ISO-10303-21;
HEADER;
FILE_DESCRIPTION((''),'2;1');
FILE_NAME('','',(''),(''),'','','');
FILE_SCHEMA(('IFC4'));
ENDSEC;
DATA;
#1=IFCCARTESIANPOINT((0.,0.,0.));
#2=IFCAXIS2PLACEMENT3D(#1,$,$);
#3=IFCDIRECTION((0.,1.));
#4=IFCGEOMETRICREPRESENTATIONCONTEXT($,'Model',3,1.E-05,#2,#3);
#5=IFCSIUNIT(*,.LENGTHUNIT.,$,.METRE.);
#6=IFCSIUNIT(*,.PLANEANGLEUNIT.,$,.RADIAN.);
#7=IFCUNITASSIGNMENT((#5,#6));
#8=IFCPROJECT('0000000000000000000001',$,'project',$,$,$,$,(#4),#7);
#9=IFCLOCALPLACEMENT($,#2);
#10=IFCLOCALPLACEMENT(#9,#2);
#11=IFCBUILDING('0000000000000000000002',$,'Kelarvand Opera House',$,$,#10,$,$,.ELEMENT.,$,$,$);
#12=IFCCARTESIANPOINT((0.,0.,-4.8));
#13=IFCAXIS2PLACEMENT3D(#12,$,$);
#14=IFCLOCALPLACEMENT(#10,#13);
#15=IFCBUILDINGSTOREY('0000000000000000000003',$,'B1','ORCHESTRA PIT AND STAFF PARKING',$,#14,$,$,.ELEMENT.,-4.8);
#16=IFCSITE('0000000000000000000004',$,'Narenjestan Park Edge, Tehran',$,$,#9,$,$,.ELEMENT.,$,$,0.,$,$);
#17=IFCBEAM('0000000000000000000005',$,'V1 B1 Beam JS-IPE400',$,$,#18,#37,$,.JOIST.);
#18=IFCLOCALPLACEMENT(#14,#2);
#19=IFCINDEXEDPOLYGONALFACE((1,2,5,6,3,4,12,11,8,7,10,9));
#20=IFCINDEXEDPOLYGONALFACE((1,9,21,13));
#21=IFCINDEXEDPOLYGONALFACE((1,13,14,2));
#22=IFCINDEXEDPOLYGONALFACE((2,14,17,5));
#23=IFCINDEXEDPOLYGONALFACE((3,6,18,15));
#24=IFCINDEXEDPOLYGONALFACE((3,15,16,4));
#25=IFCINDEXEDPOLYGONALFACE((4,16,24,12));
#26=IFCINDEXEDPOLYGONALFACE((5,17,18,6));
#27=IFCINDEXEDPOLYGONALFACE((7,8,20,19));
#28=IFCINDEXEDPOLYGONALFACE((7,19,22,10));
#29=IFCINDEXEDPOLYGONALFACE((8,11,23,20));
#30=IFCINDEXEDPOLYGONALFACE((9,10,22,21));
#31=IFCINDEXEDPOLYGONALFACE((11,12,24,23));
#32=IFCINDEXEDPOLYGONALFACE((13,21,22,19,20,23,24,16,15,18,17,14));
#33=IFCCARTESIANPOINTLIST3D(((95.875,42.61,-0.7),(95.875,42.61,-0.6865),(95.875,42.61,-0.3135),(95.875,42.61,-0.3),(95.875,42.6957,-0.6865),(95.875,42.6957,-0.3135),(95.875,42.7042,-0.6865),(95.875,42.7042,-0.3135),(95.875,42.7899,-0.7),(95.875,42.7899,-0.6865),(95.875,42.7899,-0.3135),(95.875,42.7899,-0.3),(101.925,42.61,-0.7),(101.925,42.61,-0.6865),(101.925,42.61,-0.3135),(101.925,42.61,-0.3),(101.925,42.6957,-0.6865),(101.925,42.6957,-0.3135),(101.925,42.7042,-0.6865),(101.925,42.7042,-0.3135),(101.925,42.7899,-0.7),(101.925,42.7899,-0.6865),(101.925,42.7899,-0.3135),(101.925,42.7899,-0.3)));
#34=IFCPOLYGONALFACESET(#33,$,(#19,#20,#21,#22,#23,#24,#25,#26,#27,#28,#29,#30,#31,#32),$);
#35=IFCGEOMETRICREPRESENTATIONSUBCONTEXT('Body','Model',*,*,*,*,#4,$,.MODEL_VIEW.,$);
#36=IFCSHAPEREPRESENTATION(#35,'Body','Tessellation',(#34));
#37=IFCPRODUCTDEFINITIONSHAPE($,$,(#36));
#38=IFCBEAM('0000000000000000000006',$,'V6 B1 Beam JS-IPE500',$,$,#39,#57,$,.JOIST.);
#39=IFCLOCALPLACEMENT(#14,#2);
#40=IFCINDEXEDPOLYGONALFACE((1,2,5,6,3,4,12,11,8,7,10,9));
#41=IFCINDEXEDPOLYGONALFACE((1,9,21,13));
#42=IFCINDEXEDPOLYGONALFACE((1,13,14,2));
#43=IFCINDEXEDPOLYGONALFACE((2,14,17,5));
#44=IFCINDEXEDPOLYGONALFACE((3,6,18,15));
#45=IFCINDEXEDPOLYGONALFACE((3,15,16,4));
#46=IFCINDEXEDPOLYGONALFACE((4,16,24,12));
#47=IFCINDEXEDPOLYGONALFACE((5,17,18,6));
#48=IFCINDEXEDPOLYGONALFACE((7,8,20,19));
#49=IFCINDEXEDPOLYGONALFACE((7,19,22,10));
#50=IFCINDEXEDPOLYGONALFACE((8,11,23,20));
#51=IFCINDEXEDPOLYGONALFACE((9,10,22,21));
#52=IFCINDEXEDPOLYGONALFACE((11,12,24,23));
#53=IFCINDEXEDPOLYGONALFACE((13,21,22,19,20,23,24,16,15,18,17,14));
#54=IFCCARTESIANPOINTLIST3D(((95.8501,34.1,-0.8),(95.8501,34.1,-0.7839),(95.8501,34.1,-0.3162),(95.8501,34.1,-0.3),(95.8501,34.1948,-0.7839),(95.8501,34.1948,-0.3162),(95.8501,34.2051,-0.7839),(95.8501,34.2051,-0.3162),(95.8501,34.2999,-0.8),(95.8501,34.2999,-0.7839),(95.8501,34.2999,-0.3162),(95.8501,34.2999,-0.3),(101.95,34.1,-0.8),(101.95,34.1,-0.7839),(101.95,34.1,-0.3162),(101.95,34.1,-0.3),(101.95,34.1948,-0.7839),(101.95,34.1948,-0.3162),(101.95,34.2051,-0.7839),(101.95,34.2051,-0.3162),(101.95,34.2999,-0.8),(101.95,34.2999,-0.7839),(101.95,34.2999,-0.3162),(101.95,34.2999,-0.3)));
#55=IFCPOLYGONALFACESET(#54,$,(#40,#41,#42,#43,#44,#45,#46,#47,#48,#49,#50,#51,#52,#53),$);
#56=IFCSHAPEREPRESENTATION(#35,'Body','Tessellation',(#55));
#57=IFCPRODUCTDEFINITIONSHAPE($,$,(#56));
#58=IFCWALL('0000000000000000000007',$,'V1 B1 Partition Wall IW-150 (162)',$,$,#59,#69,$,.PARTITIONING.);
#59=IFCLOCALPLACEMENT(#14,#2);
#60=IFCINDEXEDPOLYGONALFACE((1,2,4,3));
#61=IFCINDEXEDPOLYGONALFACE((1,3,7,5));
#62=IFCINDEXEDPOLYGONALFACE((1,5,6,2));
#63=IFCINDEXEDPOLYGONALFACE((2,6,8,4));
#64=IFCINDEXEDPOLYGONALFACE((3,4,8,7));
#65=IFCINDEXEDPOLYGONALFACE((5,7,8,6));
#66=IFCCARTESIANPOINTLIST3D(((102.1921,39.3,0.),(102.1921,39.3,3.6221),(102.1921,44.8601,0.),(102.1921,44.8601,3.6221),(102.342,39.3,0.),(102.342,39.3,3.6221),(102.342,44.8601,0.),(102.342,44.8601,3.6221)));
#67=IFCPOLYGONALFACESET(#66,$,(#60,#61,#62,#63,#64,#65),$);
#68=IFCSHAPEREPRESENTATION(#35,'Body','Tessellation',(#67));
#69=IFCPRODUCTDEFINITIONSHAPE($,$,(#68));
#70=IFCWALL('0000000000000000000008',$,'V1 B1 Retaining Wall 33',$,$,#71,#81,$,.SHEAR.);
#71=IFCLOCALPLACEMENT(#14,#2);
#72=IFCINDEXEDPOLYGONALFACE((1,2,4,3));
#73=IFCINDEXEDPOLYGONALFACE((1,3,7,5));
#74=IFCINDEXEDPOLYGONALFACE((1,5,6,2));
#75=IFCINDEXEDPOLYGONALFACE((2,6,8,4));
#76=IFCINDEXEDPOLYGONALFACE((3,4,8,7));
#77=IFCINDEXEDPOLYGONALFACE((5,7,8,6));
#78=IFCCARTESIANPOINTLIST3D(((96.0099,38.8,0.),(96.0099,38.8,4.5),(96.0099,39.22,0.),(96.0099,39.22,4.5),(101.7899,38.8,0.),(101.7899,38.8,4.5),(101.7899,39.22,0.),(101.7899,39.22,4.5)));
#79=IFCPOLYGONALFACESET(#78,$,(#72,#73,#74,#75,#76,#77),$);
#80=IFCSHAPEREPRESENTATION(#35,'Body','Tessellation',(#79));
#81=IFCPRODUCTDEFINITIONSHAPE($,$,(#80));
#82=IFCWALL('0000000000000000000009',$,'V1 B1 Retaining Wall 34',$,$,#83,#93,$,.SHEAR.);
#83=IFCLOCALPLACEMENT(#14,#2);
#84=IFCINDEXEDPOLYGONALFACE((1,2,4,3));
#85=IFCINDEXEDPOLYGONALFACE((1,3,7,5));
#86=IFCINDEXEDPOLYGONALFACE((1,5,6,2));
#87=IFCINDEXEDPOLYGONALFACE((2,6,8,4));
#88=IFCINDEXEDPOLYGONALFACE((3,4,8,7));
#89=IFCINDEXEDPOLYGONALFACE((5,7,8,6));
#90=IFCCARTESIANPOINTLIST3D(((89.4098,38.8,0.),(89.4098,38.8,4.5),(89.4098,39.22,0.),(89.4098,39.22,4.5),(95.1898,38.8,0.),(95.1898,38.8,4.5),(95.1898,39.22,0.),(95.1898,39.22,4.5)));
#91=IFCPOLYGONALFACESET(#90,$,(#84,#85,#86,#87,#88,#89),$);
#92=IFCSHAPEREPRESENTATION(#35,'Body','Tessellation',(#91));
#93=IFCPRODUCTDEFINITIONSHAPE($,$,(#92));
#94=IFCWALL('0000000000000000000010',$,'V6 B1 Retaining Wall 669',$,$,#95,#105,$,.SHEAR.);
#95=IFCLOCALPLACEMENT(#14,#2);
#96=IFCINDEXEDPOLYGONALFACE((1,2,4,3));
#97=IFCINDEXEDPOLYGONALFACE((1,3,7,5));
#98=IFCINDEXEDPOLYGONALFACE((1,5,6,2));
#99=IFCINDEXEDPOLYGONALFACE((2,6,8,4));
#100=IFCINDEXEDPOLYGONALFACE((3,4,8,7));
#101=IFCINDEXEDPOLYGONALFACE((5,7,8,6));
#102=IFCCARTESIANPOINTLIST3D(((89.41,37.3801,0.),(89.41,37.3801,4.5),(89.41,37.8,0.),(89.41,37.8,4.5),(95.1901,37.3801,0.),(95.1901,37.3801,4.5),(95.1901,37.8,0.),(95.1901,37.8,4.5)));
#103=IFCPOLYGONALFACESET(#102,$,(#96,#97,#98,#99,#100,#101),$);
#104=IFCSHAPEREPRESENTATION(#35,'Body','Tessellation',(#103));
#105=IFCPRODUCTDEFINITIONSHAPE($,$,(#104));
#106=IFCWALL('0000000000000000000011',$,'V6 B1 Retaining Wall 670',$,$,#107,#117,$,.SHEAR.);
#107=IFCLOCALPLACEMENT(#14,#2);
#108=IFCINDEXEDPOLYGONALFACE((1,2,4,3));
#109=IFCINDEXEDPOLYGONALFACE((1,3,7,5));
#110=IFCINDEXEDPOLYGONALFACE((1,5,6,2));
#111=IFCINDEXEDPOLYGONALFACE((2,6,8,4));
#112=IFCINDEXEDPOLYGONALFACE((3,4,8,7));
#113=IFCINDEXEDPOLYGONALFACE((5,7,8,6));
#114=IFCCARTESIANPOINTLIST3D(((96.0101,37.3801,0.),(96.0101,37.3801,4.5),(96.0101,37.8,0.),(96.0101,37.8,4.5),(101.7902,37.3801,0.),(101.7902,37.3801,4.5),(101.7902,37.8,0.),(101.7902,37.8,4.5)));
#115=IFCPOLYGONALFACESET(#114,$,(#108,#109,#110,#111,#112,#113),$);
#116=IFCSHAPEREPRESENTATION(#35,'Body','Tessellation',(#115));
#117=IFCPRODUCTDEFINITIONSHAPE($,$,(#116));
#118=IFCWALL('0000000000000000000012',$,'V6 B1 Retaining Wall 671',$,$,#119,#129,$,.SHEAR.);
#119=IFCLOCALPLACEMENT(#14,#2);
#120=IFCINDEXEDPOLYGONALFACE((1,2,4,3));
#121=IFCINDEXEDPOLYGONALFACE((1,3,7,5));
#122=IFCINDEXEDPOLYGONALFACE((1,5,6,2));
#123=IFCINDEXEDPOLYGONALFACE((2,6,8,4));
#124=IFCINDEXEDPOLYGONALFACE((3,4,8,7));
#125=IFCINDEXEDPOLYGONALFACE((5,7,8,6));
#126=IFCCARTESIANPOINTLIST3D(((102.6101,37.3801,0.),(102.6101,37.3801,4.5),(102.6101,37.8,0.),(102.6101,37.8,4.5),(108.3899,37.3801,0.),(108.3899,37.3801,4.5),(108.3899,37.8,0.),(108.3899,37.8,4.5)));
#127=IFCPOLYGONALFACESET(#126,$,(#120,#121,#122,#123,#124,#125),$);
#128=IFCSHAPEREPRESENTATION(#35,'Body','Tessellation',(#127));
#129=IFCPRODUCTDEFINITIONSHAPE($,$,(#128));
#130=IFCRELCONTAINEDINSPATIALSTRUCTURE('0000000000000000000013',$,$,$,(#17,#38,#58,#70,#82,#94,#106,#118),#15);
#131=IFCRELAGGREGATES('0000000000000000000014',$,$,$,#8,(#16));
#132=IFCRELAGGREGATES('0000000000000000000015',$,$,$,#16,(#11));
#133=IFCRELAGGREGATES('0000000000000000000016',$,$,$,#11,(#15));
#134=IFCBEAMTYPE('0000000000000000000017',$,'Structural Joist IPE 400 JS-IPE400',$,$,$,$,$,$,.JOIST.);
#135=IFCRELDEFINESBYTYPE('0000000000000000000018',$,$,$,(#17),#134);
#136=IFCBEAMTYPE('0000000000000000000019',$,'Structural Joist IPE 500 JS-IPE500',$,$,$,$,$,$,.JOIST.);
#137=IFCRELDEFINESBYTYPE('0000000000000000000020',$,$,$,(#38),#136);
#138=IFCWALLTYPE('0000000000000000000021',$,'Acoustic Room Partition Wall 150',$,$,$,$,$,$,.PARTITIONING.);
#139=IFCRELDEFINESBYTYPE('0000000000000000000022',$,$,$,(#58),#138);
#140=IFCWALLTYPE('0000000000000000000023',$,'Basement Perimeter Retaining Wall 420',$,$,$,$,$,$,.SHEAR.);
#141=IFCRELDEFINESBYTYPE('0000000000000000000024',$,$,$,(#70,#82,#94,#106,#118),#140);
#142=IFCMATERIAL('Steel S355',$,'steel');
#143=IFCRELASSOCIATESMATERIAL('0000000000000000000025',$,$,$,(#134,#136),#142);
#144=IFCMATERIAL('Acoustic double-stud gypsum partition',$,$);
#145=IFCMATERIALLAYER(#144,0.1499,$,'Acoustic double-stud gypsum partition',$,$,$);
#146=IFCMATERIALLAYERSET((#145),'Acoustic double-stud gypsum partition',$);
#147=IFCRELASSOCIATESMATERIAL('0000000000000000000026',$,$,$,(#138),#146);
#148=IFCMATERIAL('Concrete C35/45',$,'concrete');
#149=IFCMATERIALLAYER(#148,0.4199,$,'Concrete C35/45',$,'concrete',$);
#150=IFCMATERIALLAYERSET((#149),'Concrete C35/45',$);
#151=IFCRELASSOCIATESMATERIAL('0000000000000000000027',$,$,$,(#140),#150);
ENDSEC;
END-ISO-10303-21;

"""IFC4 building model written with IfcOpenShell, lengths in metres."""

from ifc_helpers import new_model, si_unit, direction, frame, frame_2d, origin, origin_2d, place, context, subcontext, project, spatial, rectangle, i_section, extrude, material, layer, layer_set, material_profile, profile_set, type_object, element, save


model = new_model("IFC4")

# Units and contexts
model_context = context("Model", 3, precision=1e-05, world=origin(), true_north=direction((0.0, 1.0)))
body_context = subcontext(model_context, "Body", "Model", "MODEL_VIEW")
ifc_project = project(units=[si_unit("LENGTHUNIT", "METRE"), si_unit("PLANEANGLEUNIT", "RADIAN")], contexts=[model_context])

# Site, building, storey
site_placement = place(None, origin())
site = spatial("IfcSite", under=ifc_project, at=site_placement, Name="Narenjestan Park Edge, Tehran", CompositionType="ELEMENT", RefElevation=0.0)
building_placement = place(site_placement, origin())
building = spatial("IfcBuilding", under=site, at=building_placement, Name="Kelarvand Opera House", CompositionType="ELEMENT")
storey_placement = place(building_placement, frame((0.0, 0.0, -4.8)))
storey = spatial("IfcBuildingStorey", under=building, at=storey_placement, Name="B1", Description="ORCHESTRA PIT AND STAFF PARKING", CompositionType="ELEMENT", Elevation=-4.8)

# Beams
ifc_material_1 = material(Name="Steel S355", Category="steel")
ifc_material_profile_1 = material_profile(ifc_material_1, i_section(OverallWidth=0.1799, OverallDepth=0.3999, WebThickness=0.0085, FlangeThickness=0.0134, at=origin_2d()), Name="IPE 400", Category="steel")
ifc_profile_set_1 = profile_set([ifc_material_profile_1], Name="Steel S355")
beam_type_1 = type_object("IfcBeamType", Name="Structural Joist IPE 400 JS-IPE400", PredefinedType="JOIST", material=ifc_profile_set_1)
beam_1_placement = place(storey_placement, frame((95.875, 42.7, -0.5), z_axis=(1.0, 0.0, 0.0), x_axis=(0.0, 1.0, 0.0)))
element("IfcBeam", 1, at=beam_1_placement, inside=storey, type_object=beam_type_1, Name="V1 B1 Beam JS-IPE400", PredefinedType="JOIST", context=body_context, shape_type="SweptSolid", body=[
    extrude(i_section(OverallWidth=0.1799, OverallDepth=0.3999, WebThickness=0.0085, FlangeThickness=0.0134, at=origin_2d()), origin(), (0.0, 0.0, 1.0), 6.05),
])
ifc_material_profile_2 = material_profile(ifc_material_1, i_section(OverallWidth=0.2, OverallDepth=0.5, WebThickness=0.0103, FlangeThickness=0.0161, at=origin_2d()), Name="IPE 500", Category="steel")
ifc_profile_set_2 = profile_set([ifc_material_profile_2], Name="Steel S355")
beam_type_2 = type_object("IfcBeamType", Name="Structural Joist IPE 500 JS-IPE500", PredefinedType="JOIST", material=ifc_profile_set_2)
beam_2_placement = place(storey_placement, frame((95.8501, 34.2, -0.55), z_axis=(1.0, 0.0, 0.0), x_axis=(0.0, 1.0, 0.0)))
element("IfcBeam", 2, at=beam_2_placement, inside=storey, type_object=beam_type_2, Name="V6 B1 Beam JS-IPE500", PredefinedType="JOIST", context=body_context, shape_type="SweptSolid", body=[
    extrude(i_section(OverallWidth=0.2, OverallDepth=0.5, WebThickness=0.0103, FlangeThickness=0.0161, at=origin_2d()), origin(), (0.0, 0.0, 1.0), 6.0999),
])

# Walls
ifc_material_2 = material(Name="Acoustic double-stud gypsum partition")
ifc_layer_1 = layer(ifc_material_2, 0.1499, Name="Acoustic double-stud gypsum partition")
ifc_layer_set_1 = layer_set([ifc_layer_1], Name="Acoustic double-stud gypsum partition")
wall_type_1 = type_object("IfcWallType", Name="Acoustic Room Partition Wall 150", PredefinedType="PARTITIONING", material=ifc_layer_set_1)
wall_1_placement = place(storey_placement, frame((102.2671, 39.3, 0.0), z_axis=(0.0, 0.0, 1.0), x_axis=(0.0, 1.0, 0.0)))
element("IfcWall", 3, at=wall_1_placement, inside=storey, type_object=wall_type_1, Name="V1 B1 Partition Wall IW-150 (162)", PredefinedType="PARTITIONING", context=body_context, shape_type="SweptSolid", body=[
    extrude(rectangle(XDim=5.5601, YDim=0.1499, at=frame_2d((2.78, 0.0))), origin(), (0.0, 0.0, 1.0), 3.6221),
])
ifc_material_3 = material(Name="Concrete C35/45", Category="concrete")
ifc_layer_2 = layer(ifc_material_3, 0.4199, Name="Concrete C35/45", Category="concrete")
ifc_layer_set_2 = layer_set([ifc_layer_2], Name="Concrete C35/45")
wall_type_2 = type_object("IfcWallType", Name="Basement Perimeter Retaining Wall 420", PredefinedType="SHEAR", material=ifc_layer_set_2)
for number, where, z_axis, x_axis, name in (
    (4, (101.79, 39.01, 0.0), (0.0, 0.0, 1.0), (-1.0, 0.0, 0.0), "V1 B1 Retaining Wall 33"),
    (5, (95.1899, 39.01, 0.0), (0.0, 0.0, 1.0), (-1.0, 0.0, 0.0), "V1 B1 Retaining Wall 34"),
    (6, (89.4099, 37.5901, 0.0), (0.0, 0.0, 1.0), (1.0, 0.0, 0.0), "V6 B1 Retaining Wall 669"),
    (7, (96.01, 37.5901, 0.0), (0.0, 0.0, 1.0), (1.0, 0.0, 0.0), "V6 B1 Retaining Wall 670"),
):
    element("IfcWall", number, at=place(storey_placement, frame(where, z_axis=z_axis, x_axis=x_axis)), inside=storey, type_object=wall_type_2, Name=name, PredefinedType="SHEAR", context=body_context, shape_type="SweptSolid", body=[
        extrude(rectangle(XDim=5.78, YDim=0.4199, at=frame_2d((2.8901, 0.0))), origin(), (0.0, 0.0, 1.0), 4.5),
    ])
wall_2_placement = place(storey_placement, frame((102.6101, 37.5901, 0.0), z_axis=(0.0, 0.0, 1.0), x_axis=(1.0, 0.0, 0.0)))
element("IfcWall", 8, at=wall_2_placement, inside=storey, type_object=wall_type_2, Name="V6 B1 Retaining Wall 671", PredefinedType="SHEAR", context=body_context, shape_type="SweptSolid", body=[
    extrude(rectangle(XDim=5.7798, YDim=0.4199, at=frame_2d((2.8899, 0.0))), origin(), (0.0, 0.0, 1.0), 4.5),
])

save(model, "model.ifc")
